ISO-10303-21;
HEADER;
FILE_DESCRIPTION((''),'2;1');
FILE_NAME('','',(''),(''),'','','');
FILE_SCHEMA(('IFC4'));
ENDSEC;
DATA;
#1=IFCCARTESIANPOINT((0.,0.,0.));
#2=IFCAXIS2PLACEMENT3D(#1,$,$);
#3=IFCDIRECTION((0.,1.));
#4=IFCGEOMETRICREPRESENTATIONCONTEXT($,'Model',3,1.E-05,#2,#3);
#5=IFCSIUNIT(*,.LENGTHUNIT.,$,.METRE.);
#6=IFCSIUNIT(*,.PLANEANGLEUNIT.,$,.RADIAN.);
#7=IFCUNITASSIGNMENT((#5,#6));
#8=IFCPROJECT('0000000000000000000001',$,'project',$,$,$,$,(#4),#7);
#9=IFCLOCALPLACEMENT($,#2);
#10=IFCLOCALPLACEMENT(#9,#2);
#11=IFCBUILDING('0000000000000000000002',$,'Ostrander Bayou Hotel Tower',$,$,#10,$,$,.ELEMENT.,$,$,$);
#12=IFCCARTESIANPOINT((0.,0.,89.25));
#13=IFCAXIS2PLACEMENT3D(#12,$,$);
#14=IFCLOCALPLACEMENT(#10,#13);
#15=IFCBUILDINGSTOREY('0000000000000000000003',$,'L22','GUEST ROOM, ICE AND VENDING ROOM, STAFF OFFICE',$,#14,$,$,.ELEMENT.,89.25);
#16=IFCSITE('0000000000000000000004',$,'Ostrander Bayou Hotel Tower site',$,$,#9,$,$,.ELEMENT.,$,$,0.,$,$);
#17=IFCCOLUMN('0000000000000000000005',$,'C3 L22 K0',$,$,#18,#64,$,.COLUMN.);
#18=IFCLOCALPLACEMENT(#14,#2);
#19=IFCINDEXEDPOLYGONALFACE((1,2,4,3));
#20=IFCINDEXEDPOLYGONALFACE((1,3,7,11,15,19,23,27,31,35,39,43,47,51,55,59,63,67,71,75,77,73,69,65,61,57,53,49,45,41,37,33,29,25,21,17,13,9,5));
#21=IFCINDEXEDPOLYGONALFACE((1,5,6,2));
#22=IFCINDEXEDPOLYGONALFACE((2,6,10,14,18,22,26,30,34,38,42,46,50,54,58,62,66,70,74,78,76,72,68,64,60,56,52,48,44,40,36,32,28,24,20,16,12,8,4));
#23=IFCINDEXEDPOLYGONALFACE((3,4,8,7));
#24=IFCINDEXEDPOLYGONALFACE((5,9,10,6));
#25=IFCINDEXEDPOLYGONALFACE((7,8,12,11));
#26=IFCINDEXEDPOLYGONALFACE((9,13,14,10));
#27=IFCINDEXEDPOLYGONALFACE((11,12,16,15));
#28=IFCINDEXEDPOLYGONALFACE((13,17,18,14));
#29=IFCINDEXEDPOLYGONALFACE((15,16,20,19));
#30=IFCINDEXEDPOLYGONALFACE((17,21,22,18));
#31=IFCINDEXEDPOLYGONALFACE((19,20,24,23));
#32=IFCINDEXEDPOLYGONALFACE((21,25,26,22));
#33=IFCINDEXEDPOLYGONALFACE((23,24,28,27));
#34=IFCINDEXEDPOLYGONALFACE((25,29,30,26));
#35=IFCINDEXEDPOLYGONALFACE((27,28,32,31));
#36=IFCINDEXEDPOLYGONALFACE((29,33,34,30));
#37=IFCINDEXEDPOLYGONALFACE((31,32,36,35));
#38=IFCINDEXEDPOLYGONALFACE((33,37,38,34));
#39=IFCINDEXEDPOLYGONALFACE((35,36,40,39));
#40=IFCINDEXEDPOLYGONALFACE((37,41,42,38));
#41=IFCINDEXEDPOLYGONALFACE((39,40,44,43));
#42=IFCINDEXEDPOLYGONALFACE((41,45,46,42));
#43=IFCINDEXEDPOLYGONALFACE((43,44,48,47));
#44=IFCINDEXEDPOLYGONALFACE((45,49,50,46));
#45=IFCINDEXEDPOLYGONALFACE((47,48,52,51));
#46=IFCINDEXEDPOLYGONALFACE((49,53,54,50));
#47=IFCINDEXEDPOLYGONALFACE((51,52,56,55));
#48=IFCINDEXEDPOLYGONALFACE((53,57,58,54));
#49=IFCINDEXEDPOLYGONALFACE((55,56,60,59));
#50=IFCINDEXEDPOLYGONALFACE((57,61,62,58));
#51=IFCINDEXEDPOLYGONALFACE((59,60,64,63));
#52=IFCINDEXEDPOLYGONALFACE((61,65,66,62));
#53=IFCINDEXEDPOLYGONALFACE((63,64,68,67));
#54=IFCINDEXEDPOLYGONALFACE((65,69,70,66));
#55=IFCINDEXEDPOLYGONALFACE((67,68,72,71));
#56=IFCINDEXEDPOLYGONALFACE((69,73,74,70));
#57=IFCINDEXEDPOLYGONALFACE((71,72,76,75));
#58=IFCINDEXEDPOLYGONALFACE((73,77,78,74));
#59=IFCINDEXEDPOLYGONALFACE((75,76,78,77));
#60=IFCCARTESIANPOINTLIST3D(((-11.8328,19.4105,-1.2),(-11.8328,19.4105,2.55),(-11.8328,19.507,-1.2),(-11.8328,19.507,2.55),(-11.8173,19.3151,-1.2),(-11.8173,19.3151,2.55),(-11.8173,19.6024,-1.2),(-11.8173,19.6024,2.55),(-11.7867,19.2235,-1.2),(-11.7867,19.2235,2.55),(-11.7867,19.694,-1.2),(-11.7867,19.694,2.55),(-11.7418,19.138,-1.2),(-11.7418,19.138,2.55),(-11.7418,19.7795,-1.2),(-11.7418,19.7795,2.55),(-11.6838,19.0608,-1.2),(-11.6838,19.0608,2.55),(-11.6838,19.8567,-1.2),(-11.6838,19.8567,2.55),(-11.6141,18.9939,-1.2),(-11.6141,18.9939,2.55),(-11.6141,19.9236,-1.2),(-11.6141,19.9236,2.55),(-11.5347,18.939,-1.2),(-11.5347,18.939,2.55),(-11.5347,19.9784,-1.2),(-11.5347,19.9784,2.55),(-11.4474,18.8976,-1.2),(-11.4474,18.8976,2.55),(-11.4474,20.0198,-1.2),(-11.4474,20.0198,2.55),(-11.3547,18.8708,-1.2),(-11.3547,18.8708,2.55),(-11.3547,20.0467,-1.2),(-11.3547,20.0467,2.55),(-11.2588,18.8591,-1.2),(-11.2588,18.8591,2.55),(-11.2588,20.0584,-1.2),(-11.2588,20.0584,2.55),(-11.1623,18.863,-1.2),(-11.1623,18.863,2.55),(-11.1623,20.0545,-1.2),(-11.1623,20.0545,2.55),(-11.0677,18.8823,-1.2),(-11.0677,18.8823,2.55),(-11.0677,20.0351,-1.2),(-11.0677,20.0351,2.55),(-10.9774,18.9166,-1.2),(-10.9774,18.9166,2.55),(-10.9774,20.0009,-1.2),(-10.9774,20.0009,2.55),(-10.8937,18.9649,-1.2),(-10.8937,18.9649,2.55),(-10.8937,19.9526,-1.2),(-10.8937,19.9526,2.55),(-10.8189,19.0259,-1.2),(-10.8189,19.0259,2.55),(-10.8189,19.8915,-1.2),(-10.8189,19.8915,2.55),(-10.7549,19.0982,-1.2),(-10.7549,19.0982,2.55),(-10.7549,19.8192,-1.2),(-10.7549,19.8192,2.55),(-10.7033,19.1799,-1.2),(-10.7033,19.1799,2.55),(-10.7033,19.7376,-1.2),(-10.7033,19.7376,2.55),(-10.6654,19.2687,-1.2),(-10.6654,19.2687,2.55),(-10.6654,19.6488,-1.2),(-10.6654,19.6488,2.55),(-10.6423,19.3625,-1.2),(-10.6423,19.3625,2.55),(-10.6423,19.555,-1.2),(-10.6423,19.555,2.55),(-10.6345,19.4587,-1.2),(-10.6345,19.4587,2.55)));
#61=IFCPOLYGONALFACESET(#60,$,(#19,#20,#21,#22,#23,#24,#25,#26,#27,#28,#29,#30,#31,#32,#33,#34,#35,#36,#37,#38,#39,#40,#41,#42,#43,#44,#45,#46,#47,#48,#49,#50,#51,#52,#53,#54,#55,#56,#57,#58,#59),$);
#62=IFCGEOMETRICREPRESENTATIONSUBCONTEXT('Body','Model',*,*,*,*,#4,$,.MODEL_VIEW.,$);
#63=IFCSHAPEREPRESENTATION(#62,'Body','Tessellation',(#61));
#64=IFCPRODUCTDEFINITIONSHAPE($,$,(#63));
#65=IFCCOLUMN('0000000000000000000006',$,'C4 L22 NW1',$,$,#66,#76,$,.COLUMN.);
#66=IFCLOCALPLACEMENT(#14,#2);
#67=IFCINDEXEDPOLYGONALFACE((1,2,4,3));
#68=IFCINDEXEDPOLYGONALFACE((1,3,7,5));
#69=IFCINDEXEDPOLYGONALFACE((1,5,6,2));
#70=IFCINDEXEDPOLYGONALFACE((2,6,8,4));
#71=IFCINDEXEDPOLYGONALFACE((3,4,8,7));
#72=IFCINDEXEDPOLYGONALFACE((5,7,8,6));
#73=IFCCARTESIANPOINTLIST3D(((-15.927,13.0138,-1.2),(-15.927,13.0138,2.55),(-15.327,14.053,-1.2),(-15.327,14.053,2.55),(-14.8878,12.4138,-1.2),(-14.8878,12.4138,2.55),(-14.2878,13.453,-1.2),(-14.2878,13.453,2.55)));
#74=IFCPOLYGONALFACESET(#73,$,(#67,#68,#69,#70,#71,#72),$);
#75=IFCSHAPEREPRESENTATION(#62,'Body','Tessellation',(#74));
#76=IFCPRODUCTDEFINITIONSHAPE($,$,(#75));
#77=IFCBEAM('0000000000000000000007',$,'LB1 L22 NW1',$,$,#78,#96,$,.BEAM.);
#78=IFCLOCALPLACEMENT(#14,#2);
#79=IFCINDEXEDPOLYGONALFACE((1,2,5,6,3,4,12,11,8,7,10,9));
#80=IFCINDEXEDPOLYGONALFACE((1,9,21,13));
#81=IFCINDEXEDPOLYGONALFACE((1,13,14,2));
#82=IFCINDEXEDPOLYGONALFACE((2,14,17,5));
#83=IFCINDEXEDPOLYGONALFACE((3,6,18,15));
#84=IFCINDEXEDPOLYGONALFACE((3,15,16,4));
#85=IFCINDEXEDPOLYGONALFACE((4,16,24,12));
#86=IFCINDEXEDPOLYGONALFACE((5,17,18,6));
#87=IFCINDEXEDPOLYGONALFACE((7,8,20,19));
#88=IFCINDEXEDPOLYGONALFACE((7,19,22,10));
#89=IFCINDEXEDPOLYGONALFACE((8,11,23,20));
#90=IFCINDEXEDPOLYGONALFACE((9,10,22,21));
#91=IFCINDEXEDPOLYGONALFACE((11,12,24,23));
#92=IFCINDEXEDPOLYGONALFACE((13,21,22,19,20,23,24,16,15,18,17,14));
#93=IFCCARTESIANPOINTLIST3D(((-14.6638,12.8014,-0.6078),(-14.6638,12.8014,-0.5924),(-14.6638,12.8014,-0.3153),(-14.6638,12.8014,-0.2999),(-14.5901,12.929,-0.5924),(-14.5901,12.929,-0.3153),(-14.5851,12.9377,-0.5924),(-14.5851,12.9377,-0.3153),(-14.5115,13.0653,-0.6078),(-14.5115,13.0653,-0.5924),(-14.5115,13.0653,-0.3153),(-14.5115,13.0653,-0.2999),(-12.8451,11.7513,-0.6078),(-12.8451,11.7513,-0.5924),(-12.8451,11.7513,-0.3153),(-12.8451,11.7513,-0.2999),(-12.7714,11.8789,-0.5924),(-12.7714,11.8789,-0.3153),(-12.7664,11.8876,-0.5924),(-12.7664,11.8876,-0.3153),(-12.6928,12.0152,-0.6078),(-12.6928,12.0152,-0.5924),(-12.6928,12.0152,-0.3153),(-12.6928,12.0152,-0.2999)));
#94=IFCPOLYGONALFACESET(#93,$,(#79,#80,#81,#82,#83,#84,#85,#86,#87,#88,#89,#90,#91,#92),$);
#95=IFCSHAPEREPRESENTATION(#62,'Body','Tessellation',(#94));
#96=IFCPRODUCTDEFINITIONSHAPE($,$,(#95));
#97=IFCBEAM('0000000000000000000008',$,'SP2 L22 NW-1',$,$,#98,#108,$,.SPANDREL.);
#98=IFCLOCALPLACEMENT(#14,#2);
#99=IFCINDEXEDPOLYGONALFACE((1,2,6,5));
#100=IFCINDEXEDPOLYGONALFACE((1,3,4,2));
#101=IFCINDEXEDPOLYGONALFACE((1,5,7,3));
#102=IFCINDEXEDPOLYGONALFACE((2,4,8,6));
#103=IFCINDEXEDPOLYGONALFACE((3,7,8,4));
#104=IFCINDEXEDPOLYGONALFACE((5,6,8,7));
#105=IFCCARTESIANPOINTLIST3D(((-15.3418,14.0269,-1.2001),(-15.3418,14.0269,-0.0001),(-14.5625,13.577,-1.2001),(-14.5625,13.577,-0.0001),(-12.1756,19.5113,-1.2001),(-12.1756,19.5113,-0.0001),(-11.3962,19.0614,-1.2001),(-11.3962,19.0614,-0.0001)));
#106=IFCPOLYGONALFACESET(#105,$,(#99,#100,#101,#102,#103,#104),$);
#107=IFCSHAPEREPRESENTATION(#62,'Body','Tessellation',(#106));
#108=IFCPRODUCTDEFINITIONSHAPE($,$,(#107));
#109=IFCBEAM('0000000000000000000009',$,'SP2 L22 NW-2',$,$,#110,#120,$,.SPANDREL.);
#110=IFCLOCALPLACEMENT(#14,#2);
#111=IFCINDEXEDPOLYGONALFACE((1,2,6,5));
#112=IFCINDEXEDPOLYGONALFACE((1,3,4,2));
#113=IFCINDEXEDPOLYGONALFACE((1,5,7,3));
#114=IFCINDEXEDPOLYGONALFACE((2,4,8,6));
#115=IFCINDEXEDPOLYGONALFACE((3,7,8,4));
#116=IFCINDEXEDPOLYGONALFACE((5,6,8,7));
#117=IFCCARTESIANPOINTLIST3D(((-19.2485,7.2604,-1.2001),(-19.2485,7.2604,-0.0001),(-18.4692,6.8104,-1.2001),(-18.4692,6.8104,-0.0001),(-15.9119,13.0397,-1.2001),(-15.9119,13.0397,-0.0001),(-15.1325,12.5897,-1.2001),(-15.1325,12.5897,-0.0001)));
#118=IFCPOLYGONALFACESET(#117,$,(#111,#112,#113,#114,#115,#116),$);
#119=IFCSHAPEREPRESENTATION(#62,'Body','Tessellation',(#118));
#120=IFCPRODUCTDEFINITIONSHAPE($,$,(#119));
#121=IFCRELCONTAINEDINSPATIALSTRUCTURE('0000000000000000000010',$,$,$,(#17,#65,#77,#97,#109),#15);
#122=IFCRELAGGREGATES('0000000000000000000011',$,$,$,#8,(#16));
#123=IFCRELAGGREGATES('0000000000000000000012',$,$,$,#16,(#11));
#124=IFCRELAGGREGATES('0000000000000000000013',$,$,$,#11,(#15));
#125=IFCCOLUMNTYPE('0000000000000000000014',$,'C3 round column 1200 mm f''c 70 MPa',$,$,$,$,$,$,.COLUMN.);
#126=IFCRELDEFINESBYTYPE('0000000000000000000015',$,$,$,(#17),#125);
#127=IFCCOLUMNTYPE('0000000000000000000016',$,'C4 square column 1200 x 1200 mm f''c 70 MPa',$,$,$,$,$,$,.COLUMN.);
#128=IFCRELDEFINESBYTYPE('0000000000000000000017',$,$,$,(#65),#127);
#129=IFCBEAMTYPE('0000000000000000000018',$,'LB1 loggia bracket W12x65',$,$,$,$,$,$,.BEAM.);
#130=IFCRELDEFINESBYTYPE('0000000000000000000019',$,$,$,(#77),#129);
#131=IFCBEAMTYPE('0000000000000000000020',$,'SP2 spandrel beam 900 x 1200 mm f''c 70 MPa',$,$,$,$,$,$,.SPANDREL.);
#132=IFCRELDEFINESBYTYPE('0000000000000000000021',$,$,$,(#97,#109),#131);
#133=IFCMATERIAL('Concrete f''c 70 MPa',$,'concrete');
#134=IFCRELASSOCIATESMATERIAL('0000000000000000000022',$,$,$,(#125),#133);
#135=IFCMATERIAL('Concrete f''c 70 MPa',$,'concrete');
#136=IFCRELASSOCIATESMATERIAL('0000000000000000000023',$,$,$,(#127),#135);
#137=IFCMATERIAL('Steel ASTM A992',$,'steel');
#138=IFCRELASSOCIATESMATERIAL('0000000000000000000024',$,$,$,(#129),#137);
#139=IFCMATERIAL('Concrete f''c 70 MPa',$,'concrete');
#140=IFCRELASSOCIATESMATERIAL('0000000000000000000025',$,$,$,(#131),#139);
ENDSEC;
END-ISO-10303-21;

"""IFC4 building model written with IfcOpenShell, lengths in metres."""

from ifc_helpers import new_model, si_unit, direction, frame, origin, origin_2d, place, context, subcontext, project, spatial, rectangle, circle, i_section, extrude, material, material_profile, profile_set, type_object, element, save


model = new_model("IFC4")

# Units and contexts
model_context = context("Model", 3, precision=1e-05, world=origin(), true_north=direction((0.0, 1.0)))
body_context = subcontext(model_context, "Body", "Model", "MODEL_VIEW")
ifc_project = project(units=[si_unit("LENGTHUNIT", "METRE"), si_unit("PLANEANGLEUNIT", "RADIAN")], contexts=[model_context])

# Site, building, storey
site_placement = place(None, origin())
site = spatial("IfcSite", under=ifc_project, at=site_placement, Name="Ostrander Bayou Hotel Tower site", CompositionType="ELEMENT", RefElevation=0.0)
building_placement = place(site_placement, origin())
building = spatial("IfcBuilding", under=site, at=building_placement, Name="Ostrander Bayou Hotel Tower", CompositionType="ELEMENT")
storey_placement = place(building_placement, frame((0.0, 0.0, 89.25)))
storey = spatial("IfcBuildingStorey", under=building, at=storey_placement, Name="L22", Description="GUEST ROOM, ICE AND VENDING ROOM, STAFF OFFICE", CompositionType="ELEMENT", Elevation=89.25)

# Columns
ifc_material_1 = material(Name="Concrete f'c 70 MPa", Category="concrete")
ifc_material_profile_1 = material_profile(ifc_material_1, circle(Radius=0.6001, at=origin_2d()))
ifc_profile_set_1 = profile_set([ifc_material_profile_1], Name="Concrete f'c 70 MPa")
column_type_1 = type_object("IfcColumnType", Name="C3 round column 1200 mm f'c 70 MPa", PredefinedType="COLUMN", material=ifc_profile_set_1)
column_1_placement = place(storey_placement, frame((-11.2346, 19.4587, -1.2), z_axis=(0.0, 0.0, 1.0), x_axis=(1.0, 0.0, 0.0)))
element("IfcColumn", 1, at=column_1_placement, inside=storey, type_object=column_type_1, Name="C3 L22 K0", PredefinedType="COLUMN", context=body_context, shape_type="SweptSolid", body=[
    extrude(circle(Radius=0.6001, at=origin_2d()), origin(), (0.0, 0.0, 1.0), 3.75),
])
ifc_material_2 = material(Name="Concrete f'c 70 MPa", Category="concrete")
ifc_material_profile_2 = material_profile(ifc_material_2, rectangle(XDim=1.2, YDim=1.2, at=origin_2d()))
ifc_profile_set_2 = profile_set([ifc_material_profile_2], Name="Concrete f'c 70 MPa")
column_type_2 = type_object("IfcColumnType", Name="C4 square column 1200 x 1200 mm f'c 70 MPa", PredefinedType="COLUMN", material=ifc_profile_set_2)
column_2_placement = place(storey_placement, frame((-15.1074, 13.2334, -1.2), z_axis=(0.0, 0.0, 1.0), x_axis=(0.5, 0.866025, 0.0)))
element("IfcColumn", 2, at=column_2_placement, inside=storey, type_object=column_type_2, Name="C4 L22 NW1", PredefinedType="COLUMN", context=body_context, shape_type="SweptSolid", body=[
    extrude(rectangle(XDim=1.2, YDim=1.2, at=origin_2d()), origin(), (0.0, 0.0, 1.0), 3.75),
])

# Beams
ifc_material_3 = material(Name="Steel ASTM A992", Category="steel")
ifc_material_profile_3 = material_profile(ifc_material_3, i_section(OverallWidth=0.3047, OverallDepth=0.3079, WebThickness=0.01, FlangeThickness=0.0154, at=origin_2d()))
ifc_profile_set_3 = profile_set([ifc_material_profile_3], Name="Steel ASTM A992")
beam_type_1 = type_object("IfcBeamType", Name="LB1 loggia bracket W12x65", PredefinedType="BEAM", material=ifc_profile_set_3)
beam_1_placement = place(storey_placement, frame((-14.5876, 12.9333, -0.4539), z_axis=(0.866009, -0.500028, 0.0), x_axis=(0.500028, 0.866009, 0.0)))
element("IfcBeam", 3, at=beam_1_placement, inside=storey, type_object=beam_type_1, Name="LB1 L22 NW1", PredefinedType="BEAM", context=body_context, shape_type="SweptSolid", body=[
    extrude(i_section(OverallWidth=0.3047, OverallDepth=0.3079, WebThickness=0.01, FlangeThickness=0.0154, at=origin_2d()), origin(), (0.0, 0.0, 1.0), 2.1001),
])
ifc_material_4 = material(Name="Concrete f'c 70 MPa", Category="concrete")
ifc_material_profile_4 = material_profile(ifc_material_4, rectangle(XDim=0.8999, YDim=1.2, at=origin_2d()))
ifc_profile_set_4 = profile_set([ifc_material_profile_4], Name="Concrete f'c 70 MPa")
beam_type_2 = type_object("IfcBeamType", Name="SP2 spandrel beam 900 x 1200 mm f'c 70 MPa", PredefinedType="SPANDREL", material=ifc_profile_set_4)
beam_2_placement = place(storey_placement, frame((-11.7859, 19.2864, -0.6001), z_axis=(-0.499983, -0.866035, 0.0), x_axis=(0.866035, -0.499983, 0.0)))
element("IfcBeam", 4, at=beam_2_placement, inside=storey, type_object=beam_type_2, Name="SP2 L22 NW-1", PredefinedType="SPANDREL", context=body_context, shape_type="SweptSolid", body=[
    extrude(rectangle(XDim=0.8999, YDim=1.2, at=origin_2d()), origin(), (0.0, 0.0, 1.0), 6.3328),
])
beam_3_placement = place(storey_placement, frame((-15.5222, 12.8147, -0.6001), z_axis=(-0.499999, -0.866026, 0.0), x_axis=(0.866026, -0.499999, 0.0)))
element("IfcBeam", 5, at=beam_3_placement, inside=storey, type_object=beam_type_2, Name="SP2 L22 NW-2", PredefinedType="SPANDREL", context=body_context, shape_type="SweptSolid", body=[
    extrude(rectangle(XDim=0.8999, YDim=1.2, at=origin_2d()), origin(), (0.0, 0.0, 1.0), 6.6733),
])

save(model, "model.ifc")
